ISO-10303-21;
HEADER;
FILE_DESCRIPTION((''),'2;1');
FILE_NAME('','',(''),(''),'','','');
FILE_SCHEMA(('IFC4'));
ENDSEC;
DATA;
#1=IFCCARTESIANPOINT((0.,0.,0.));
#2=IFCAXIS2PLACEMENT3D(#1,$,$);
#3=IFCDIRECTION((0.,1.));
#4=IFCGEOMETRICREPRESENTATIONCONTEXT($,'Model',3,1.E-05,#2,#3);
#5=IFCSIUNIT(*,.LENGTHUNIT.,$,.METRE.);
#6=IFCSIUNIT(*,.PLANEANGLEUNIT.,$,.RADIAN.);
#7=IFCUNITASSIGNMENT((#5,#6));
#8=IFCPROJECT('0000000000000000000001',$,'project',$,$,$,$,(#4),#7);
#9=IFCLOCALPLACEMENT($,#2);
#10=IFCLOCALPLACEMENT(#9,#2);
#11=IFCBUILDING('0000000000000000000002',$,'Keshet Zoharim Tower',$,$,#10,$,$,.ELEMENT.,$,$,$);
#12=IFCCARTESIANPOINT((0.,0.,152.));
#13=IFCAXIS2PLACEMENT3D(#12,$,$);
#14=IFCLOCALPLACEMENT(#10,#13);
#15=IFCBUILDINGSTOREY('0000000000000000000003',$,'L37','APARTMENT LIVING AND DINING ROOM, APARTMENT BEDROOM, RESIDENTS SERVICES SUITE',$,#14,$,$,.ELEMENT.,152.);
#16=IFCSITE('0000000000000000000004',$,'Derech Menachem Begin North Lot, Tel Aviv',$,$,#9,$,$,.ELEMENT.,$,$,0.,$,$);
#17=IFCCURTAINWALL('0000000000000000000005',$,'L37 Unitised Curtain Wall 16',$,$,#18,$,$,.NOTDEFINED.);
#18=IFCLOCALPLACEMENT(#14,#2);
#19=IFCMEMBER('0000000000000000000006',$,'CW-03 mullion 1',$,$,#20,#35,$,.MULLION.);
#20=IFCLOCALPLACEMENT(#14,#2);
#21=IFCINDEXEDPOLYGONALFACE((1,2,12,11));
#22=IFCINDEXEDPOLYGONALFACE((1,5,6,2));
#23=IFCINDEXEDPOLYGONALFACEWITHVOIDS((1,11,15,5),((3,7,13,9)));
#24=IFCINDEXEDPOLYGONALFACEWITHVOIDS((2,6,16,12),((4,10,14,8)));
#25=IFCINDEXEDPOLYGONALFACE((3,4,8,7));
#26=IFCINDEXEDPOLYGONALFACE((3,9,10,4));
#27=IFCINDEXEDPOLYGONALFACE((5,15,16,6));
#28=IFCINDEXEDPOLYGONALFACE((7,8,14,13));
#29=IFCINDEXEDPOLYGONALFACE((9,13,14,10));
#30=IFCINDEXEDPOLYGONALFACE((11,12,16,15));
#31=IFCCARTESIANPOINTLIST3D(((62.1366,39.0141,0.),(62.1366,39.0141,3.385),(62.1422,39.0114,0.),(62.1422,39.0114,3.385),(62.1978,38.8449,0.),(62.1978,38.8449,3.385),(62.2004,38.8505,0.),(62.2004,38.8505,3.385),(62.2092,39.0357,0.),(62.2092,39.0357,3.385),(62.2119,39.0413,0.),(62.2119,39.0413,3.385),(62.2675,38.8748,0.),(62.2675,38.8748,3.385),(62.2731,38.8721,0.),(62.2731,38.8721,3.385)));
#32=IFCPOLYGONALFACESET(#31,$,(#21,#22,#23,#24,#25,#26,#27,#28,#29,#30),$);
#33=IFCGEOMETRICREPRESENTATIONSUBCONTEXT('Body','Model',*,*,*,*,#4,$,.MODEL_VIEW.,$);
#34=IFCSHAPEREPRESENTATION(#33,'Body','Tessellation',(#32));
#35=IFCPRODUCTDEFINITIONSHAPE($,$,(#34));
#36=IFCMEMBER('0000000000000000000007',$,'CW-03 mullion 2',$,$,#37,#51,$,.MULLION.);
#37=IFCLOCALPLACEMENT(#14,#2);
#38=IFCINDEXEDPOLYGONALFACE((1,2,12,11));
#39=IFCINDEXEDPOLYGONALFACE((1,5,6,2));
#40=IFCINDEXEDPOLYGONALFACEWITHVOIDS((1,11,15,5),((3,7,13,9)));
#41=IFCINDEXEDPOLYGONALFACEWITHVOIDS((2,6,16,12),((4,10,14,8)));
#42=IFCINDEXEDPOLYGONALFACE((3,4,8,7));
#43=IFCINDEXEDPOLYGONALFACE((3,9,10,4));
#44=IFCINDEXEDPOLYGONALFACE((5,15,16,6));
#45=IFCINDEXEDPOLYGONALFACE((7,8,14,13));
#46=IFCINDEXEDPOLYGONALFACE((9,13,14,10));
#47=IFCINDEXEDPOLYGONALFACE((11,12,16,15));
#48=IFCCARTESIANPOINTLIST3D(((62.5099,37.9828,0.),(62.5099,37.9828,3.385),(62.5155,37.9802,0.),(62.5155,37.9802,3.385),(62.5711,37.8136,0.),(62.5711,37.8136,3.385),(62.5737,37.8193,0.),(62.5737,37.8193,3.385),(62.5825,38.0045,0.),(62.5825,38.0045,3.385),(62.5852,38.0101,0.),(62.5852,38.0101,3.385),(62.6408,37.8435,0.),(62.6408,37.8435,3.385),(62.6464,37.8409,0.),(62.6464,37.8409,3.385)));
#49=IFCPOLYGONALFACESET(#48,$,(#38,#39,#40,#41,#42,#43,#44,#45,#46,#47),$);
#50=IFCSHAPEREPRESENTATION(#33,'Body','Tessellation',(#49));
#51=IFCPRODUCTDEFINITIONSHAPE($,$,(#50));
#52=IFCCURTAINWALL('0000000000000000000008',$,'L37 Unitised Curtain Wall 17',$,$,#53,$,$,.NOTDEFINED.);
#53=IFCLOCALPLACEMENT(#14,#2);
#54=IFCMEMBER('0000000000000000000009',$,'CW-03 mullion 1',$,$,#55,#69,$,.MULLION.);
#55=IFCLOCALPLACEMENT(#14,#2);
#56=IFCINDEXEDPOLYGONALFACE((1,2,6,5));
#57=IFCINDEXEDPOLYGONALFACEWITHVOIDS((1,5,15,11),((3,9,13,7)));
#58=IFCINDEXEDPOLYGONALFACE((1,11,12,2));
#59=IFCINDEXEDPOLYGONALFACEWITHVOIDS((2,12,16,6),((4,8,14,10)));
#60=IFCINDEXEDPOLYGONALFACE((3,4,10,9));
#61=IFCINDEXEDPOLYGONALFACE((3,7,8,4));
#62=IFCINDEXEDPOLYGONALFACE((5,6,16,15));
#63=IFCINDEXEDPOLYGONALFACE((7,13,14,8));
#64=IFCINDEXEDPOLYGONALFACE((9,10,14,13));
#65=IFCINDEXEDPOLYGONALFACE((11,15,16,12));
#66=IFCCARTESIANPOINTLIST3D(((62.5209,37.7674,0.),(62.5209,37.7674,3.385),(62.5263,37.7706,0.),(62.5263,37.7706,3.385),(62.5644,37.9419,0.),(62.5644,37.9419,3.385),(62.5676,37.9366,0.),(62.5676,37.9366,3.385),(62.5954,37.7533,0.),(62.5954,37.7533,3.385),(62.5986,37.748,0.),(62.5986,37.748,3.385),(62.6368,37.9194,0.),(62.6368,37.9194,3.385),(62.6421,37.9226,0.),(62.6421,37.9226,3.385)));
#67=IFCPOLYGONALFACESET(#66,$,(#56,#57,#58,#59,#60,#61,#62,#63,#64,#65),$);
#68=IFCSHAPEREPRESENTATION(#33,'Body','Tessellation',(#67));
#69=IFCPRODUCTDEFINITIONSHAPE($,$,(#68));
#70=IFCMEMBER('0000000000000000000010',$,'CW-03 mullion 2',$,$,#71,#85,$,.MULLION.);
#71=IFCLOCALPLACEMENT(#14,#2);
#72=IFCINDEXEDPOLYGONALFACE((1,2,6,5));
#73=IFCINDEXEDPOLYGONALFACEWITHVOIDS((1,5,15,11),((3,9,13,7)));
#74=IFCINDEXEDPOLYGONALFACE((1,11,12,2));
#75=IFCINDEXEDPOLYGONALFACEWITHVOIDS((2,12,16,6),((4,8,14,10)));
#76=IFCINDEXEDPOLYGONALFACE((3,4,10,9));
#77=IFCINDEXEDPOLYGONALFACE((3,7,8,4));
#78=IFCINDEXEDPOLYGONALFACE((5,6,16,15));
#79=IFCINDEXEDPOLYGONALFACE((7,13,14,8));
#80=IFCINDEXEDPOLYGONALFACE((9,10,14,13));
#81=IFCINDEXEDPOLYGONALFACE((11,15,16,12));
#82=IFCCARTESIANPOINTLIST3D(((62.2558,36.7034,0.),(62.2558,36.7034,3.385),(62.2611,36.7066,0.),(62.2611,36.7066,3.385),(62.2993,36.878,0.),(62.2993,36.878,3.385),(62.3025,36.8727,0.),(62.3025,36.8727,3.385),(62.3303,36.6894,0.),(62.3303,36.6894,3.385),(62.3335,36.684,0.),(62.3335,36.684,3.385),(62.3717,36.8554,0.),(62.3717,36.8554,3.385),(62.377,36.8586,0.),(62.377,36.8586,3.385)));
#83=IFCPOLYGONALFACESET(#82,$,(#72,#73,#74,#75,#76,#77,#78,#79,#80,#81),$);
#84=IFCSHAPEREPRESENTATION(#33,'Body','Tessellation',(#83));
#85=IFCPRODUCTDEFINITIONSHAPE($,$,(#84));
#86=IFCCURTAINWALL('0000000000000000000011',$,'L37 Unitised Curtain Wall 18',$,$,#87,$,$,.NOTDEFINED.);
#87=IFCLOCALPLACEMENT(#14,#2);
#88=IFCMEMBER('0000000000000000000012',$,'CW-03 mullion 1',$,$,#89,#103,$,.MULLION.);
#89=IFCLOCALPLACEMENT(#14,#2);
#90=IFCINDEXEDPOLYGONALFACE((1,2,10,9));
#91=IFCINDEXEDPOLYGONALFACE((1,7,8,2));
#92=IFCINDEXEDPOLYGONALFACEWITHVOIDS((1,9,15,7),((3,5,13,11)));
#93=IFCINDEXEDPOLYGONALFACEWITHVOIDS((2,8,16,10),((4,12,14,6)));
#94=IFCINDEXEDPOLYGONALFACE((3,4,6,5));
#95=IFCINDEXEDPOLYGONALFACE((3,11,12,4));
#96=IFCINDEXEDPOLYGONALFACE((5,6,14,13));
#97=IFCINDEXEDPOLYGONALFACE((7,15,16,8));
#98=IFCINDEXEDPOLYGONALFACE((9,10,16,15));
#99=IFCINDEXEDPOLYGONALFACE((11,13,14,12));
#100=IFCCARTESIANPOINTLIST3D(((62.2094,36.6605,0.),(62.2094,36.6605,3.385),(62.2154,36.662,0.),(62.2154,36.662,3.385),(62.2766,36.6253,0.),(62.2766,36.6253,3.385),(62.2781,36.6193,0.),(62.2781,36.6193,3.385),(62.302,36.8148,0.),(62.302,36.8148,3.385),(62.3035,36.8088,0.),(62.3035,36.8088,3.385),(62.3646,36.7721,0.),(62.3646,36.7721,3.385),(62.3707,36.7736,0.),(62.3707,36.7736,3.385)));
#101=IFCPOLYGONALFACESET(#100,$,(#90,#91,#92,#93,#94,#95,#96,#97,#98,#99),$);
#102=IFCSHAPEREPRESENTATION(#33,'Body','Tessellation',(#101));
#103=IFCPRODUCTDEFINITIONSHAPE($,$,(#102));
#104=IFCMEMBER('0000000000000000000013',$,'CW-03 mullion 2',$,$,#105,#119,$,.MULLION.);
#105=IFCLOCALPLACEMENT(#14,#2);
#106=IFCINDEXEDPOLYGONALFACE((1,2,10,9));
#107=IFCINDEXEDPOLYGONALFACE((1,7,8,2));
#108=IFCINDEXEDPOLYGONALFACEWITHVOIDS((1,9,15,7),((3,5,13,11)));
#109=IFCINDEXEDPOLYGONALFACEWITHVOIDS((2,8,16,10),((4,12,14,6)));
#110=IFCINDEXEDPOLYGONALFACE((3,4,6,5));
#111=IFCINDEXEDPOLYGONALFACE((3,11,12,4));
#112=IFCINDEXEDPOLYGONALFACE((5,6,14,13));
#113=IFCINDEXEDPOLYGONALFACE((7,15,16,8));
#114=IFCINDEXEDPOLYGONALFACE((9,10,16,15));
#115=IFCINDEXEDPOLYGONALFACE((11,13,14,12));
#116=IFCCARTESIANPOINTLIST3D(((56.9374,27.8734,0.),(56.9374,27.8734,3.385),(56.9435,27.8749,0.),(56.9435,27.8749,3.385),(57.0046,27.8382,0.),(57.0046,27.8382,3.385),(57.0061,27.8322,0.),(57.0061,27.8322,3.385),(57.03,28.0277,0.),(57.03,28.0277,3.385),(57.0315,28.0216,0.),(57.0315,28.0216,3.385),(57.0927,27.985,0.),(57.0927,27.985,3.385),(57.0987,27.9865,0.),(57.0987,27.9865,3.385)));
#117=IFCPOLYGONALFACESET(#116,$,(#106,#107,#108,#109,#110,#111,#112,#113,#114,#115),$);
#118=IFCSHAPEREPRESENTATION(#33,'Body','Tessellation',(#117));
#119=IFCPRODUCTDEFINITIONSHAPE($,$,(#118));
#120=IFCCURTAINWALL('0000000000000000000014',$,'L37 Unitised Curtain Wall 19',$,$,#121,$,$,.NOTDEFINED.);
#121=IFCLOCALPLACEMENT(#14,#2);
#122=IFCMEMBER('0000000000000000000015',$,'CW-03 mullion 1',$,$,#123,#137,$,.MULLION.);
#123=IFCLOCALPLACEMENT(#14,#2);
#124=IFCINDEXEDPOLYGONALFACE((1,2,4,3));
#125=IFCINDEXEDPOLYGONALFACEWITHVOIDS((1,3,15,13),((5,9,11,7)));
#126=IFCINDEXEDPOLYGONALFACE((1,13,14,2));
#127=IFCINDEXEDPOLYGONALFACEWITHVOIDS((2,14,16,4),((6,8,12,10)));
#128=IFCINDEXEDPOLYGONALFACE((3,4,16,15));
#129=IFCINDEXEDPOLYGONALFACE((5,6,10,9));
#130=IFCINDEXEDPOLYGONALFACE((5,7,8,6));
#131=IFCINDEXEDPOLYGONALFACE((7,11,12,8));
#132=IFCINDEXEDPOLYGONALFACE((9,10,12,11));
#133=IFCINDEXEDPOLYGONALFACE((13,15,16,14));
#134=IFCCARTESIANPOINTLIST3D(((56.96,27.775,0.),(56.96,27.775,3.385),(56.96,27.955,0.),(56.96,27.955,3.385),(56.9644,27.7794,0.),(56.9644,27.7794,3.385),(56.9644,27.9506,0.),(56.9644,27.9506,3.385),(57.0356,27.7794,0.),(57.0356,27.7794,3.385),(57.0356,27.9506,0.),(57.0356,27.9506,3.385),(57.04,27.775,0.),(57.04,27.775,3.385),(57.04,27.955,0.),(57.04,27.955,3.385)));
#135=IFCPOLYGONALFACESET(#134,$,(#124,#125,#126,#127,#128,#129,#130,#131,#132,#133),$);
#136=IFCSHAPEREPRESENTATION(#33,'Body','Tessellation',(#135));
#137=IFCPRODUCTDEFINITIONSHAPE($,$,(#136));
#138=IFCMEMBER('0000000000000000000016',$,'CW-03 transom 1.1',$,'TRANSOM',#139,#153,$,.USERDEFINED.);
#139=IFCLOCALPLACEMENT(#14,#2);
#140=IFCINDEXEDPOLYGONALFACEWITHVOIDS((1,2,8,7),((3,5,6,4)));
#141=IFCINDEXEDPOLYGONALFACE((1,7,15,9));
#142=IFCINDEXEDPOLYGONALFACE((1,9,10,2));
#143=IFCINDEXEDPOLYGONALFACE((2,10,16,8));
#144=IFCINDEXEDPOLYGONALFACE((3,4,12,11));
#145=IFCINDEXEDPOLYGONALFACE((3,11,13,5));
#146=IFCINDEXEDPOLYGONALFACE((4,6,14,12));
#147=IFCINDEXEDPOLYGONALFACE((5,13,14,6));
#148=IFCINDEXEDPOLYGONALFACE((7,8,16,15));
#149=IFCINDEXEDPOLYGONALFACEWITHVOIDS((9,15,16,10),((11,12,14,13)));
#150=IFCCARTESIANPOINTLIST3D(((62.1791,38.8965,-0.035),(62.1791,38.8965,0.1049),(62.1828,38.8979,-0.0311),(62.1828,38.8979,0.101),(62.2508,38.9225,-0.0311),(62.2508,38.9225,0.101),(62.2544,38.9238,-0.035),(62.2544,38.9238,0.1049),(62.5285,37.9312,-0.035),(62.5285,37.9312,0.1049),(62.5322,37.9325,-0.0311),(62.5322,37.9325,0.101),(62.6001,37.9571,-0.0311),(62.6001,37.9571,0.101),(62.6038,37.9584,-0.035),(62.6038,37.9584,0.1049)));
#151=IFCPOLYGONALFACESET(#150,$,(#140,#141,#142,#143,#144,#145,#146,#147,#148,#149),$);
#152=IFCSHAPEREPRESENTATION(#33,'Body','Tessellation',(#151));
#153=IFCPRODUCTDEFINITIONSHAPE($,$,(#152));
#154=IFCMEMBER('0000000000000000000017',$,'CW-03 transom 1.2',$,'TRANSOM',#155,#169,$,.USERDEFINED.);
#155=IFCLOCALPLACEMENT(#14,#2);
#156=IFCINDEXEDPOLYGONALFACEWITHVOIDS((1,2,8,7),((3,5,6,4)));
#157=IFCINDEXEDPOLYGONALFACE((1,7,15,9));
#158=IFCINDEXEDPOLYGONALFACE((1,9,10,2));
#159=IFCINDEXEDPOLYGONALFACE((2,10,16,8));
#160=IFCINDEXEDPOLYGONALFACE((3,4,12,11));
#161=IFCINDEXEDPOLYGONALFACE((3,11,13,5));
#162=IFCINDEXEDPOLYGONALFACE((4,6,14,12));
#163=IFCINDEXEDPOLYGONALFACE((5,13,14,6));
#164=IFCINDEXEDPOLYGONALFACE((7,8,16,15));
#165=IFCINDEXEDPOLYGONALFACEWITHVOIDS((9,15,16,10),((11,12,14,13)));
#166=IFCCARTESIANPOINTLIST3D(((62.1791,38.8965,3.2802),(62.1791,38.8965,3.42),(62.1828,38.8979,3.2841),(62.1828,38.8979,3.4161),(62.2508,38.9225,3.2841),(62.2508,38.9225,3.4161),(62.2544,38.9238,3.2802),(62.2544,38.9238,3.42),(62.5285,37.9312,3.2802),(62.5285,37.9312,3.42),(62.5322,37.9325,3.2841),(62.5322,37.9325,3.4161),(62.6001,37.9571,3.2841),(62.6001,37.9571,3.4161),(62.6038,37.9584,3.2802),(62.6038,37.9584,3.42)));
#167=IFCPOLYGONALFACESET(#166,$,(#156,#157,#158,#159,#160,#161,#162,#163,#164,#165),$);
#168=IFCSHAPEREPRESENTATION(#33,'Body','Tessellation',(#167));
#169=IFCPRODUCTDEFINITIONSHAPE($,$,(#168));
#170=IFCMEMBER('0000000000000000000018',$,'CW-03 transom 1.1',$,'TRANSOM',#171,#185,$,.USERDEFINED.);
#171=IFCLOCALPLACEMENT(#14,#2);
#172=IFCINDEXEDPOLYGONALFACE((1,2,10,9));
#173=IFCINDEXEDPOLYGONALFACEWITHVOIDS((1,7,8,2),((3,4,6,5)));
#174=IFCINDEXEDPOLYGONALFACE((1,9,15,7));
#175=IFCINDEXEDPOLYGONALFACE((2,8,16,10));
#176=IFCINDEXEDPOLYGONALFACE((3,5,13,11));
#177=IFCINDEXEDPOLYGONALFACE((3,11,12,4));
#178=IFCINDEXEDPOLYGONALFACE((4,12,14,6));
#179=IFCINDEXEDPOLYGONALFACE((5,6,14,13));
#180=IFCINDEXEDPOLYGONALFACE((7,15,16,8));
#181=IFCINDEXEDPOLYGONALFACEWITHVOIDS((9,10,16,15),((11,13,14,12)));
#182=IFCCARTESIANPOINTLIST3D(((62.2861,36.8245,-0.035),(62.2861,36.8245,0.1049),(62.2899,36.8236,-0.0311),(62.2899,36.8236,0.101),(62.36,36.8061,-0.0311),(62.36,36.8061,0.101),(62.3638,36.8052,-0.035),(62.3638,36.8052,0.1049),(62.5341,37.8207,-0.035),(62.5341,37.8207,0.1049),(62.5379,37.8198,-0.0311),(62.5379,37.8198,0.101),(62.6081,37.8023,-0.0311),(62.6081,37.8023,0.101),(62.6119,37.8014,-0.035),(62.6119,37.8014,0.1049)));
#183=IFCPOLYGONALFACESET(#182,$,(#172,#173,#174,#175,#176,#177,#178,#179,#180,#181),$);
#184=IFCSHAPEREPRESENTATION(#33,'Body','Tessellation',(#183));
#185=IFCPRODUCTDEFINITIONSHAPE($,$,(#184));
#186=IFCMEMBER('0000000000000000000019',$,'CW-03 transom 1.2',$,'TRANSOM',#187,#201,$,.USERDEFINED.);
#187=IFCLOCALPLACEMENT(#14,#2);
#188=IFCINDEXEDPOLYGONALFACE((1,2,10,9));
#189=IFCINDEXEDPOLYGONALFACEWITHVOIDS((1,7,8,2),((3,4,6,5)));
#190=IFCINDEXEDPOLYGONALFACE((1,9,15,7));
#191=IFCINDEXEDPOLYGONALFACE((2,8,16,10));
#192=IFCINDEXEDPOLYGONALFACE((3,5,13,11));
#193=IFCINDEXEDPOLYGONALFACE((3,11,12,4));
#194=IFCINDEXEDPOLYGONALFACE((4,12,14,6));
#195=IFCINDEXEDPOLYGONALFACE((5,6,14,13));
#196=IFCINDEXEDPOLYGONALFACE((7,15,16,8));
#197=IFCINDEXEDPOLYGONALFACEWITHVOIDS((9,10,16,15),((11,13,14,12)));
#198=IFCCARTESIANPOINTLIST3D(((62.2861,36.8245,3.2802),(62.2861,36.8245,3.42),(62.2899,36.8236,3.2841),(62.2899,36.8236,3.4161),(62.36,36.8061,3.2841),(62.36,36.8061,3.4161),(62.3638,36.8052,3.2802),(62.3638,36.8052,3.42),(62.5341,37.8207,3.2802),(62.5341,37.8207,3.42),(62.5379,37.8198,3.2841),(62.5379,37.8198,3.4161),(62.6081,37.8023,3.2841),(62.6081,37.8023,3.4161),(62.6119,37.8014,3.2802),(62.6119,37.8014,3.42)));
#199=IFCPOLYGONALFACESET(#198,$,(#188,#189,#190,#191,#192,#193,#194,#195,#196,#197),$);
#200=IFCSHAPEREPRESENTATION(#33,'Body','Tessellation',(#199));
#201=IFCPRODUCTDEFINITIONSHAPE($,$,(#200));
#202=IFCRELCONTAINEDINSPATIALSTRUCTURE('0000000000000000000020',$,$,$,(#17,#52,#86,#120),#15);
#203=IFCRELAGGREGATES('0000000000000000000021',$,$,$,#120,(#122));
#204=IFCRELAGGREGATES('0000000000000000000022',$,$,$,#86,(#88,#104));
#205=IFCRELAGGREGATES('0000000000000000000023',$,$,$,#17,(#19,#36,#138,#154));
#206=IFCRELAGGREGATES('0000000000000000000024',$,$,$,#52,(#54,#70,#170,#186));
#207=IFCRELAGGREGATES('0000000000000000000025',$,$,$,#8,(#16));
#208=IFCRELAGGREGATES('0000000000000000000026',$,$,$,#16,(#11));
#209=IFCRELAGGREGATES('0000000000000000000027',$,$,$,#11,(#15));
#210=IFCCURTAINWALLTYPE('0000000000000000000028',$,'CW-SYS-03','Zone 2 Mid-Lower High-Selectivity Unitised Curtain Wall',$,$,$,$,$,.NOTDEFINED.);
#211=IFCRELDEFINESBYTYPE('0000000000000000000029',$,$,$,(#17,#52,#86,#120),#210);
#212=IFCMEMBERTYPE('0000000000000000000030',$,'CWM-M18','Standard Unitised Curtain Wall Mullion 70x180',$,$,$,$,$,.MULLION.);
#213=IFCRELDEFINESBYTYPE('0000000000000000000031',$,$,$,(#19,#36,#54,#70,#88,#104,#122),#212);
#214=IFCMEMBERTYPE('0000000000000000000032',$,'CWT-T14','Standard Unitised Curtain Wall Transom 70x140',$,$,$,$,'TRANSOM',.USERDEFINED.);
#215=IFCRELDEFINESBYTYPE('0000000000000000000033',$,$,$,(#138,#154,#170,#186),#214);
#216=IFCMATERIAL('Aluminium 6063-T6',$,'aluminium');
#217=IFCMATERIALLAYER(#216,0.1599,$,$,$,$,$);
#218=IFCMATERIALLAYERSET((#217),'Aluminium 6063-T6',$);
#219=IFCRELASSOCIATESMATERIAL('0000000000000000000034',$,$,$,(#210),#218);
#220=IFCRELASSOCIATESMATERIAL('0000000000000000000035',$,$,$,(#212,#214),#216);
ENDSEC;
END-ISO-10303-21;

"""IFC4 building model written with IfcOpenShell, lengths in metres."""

from ifc_helpers import new_model, si_unit, direction, frame, origin, origin_2d, place, context, subcontext, project, spatial, hollow_rectangle, extrude, material, layer, layer_set, material_profile, profile_set, type_object, element, aggregate, save


model = new_model("IFC4")

# Units and contexts
model_context = context("Model", 3, precision=1e-05, world=origin(), true_north=direction((0.0, 1.0)))
body_context = subcontext(model_context, "Body", "Model", "MODEL_VIEW")
ifc_project = project(units=[si_unit("LENGTHUNIT", "METRE"), si_unit("PLANEANGLEUNIT", "RADIAN")], contexts=[model_context])

# Site, building, storey
site_placement = place(None, origin())
site = spatial("IfcSite", under=ifc_project, at=site_placement, Name="Derech Menachem Begin North Lot, Tel Aviv", CompositionType="ELEMENT", RefElevation=0.0)
building_placement = place(site_placement, origin())
building = spatial("IfcBuilding", under=site, at=building_placement, Name="Keshet Zoharim Tower", CompositionType="ELEMENT")
storey_placement = place(building_placement, frame((0.0, 0.0, 152.0)))
storey = spatial("IfcBuildingStorey", under=building, at=storey_placement, Name="L37", Description="APARTMENT LIVING AND DINING ROOM, APARTMENT BEDROOM, RESIDENTS SERVICES SUITE", CompositionType="ELEMENT", Elevation=152.0)

# Shared definitions
ifc_material_1 = material(Name="Aluminium 6063-T6", Category="aluminium")
ifc_layer_1 = layer(ifc_material_1, 0.1599)
ifc_layer_set_1 = layer_set([ifc_layer_1], Name="Aluminium 6063-T6")
curtain_wall_type = type_object("IfcCurtainWallType", Name="CW-SYS-03", Description="Zone 2 Mid-Lower High-Selectivity Unitised Curtain Wall", PredefinedType="NOTDEFINED", material=ifc_layer_set_1)
ifc_material_profile_1 = material_profile(ifc_material_1, hollow_rectangle(XDim=0.0801, YDim=0.1799, WallThickness=0.0044, at=origin_2d()), Name="MUL-80x180")
ifc_profile_set_1 = profile_set([ifc_material_profile_1], Name="Aluminium 6063-T6")
member_type_1 = type_object("IfcMemberType", Name="CWM-M18", Description="Standard Unitised Curtain Wall Mullion 70x180", PredefinedType="MULLION", material=ifc_profile_set_1)

# Curtain walls, members
curtain_wall_1_placement = place(storey_placement, origin())
curtain_wall_1 = element("IfcCurtainWall", 1, at=curtain_wall_1_placement, inside=storey, type_object=curtain_wall_type, Name="L37 Unitised Curtain Wall 16", PredefinedType="NOTDEFINED")
member_1_placement = place(storey_placement, frame((62.2048, 38.9431, 0.0), z_axis=(0.0, 0.0, 1.0), x_axis=(0.940318, 0.340297, 0.0)))
member_1 = element("IfcMember", 2, at=member_1_placement, type_object=member_type_1, Name="CW-03 mullion 1", PredefinedType="MULLION", context=body_context, shape_type="SweptSolid", body=[
    extrude(hollow_rectangle(XDim=0.0801, YDim=0.1799, WallThickness=0.0044, at=origin_2d()), origin(), (0.0, 0.0, 1.0), 3.385),
])
member_2_placement = place(storey_placement, frame((62.5781, 37.9119, 0.0), z_axis=(0.0, 0.0, 1.0), x_axis=(0.940318, 0.340297, 0.0)))
member_2 = element("IfcMember", 3, at=member_2_placement, type_object=member_type_1, Name="CW-03 mullion 2", PredefinedType="MULLION", context=body_context, shape_type="SweptSolid", body=[
    extrude(hollow_rectangle(XDim=0.0801, YDim=0.1799, WallThickness=0.0044, at=origin_2d()), origin(), (0.0, 0.0, 1.0), 3.385),
])
curtain_wall_2_placement = place(storey_placement, origin())
curtain_wall_2 = element("IfcCurtainWall", 4, at=curtain_wall_2_placement, inside=storey, type_object=curtain_wall_type, Name="L37 Unitised Curtain Wall 17", PredefinedType="NOTDEFINED")
member_3_placement = place(storey_placement, frame((62.5815, 37.845, 0.0), z_axis=(0.0, 0.0, 1.0), x_axis=(0.970344, -0.241729, 0.0)))
member_3 = element("IfcMember", 5, at=member_3_placement, type_object=member_type_1, Name="CW-03 mullion 1", PredefinedType="MULLION", context=body_context, shape_type="SweptSolid", body=[
    extrude(hollow_rectangle(XDim=0.0801, YDim=0.1799, WallThickness=0.0044, at=origin_2d()), origin(), (0.0, 0.0, 1.0), 3.385),
])
member_4_placement = place(storey_placement, frame((62.3164, 36.781, 0.0), z_axis=(0.0, 0.0, 1.0), x_axis=(0.970344, -0.241729, 0.0)))
member_4 = element("IfcMember", 6, at=member_4_placement, type_object=member_type_1, Name="CW-03 mullion 2", PredefinedType="MULLION", context=body_context, shape_type="SweptSolid", body=[
    extrude(hollow_rectangle(XDim=0.0801, YDim=0.1799, WallThickness=0.0044, at=origin_2d()), origin(), (0.0, 0.0, 1.0), 3.385),
])
curtain_wall_3_placement = place(storey_placement, origin())
curtain_wall_3 = element("IfcCurtainWall", 7, at=curtain_wall_3_placement, inside=storey, type_object=curtain_wall_type, Name="L37 Unitised Curtain Wall 18", PredefinedType="NOTDEFINED")
member_5_placement = place(storey_placement, frame((62.29, 36.717, 0.0), z_axis=(0.0, 0.0, 1.0), x_axis=(0.857501, -0.514482, 0.0)))
member_5 = element("IfcMember", 8, at=member_5_placement, type_object=member_type_1, Name="CW-03 mullion 1", PredefinedType="MULLION", context=body_context, shape_type="SweptSolid", body=[
    extrude(hollow_rectangle(XDim=0.0801, YDim=0.1799, WallThickness=0.0044, at=origin_2d()), origin(), (0.0, 0.0, 1.0), 3.385),
])
member_6_placement = place(storey_placement, frame((57.0181, 27.9299, 0.0), z_axis=(0.0, 0.0, 1.0), x_axis=(0.857501, -0.514482, 0.0)))
member_6 = element("IfcMember", 9, at=member_6_placement, type_object=member_type_1, Name="CW-03 mullion 2", PredefinedType="MULLION", context=body_context, shape_type="SweptSolid", body=[
    extrude(hollow_rectangle(XDim=0.0801, YDim=0.1799, WallThickness=0.0044, at=origin_2d()), origin(), (0.0, 0.0, 1.0), 3.385),
])

# Curtain wall, member
curtain_wall_4_placement = place(storey_placement, origin())
curtain_wall_4 = element("IfcCurtainWall", 10, at=curtain_wall_4_placement, inside=storey, type_object=curtain_wall_type, Name="L37 Unitised Curtain Wall 19", PredefinedType="NOTDEFINED")
member_7_placement = place(storey_placement, frame((57.0, 27.865, 0.0), z_axis=(0.0, 0.0, 1.0), x_axis=(1.0, 0.0, 0.0)))
member_7 = element("IfcMember", 11, at=member_7_placement, type_object=member_type_1, Name="CW-03 mullion 1", PredefinedType="MULLION", context=body_context, shape_type="SweptSolid", body=[
    extrude(hollow_rectangle(XDim=0.0801, YDim=0.1799, WallThickness=0.0044, at=origin_2d()), origin(), (0.0, 0.0, 1.0), 3.385),
])

# Members
ifc_material_profile_2 = material_profile(ifc_material_1, hollow_rectangle(XDim=0.0801, YDim=0.1399, WallThickness=0.0039, at=origin_2d()), Name="TRN-80x140")
ifc_profile_set_2 = profile_set([ifc_material_profile_2], Name="Aluminium 6063-T6")
member_type_2 = type_object("IfcMemberType", Name="CWT-T14", Description="Standard Unitised Curtain Wall Transom 70x140", ElementType="TRANSOM", PredefinedType="USERDEFINED", material=ifc_profile_set_2)
member_8_placement = place(storey_placement, frame((62.2168, 38.9102, 0.0349), z_axis=(0.340311, -0.940313, 0.0), x_axis=(0.940313, 0.340311, 0.0)))
member_8 = element("IfcMember", 12, at=member_8_placement, type_object=member_type_2, Name="CW-03 transom 1.1", ObjectType="TRANSOM", PredefinedType="USERDEFINED", context=body_context, shape_type="SweptSolid", body=[
    extrude(hollow_rectangle(XDim=0.0801, YDim=0.1399, WallThickness=0.0039, at=origin_2d()), origin(), (0.0, 0.0, 1.0), 1.0266),
])
member_9_placement = place(storey_placement, frame((62.2168, 38.9102, 3.3501), z_axis=(0.340311, -0.940313, 0.0), x_axis=(0.940313, 0.340311, 0.0)))
member_9 = element("IfcMember", 13, at=member_9_placement, type_object=member_type_2, Name="CW-03 transom 1.2", ObjectType="TRANSOM", PredefinedType="USERDEFINED", context=body_context, shape_type="SweptSolid", body=[
    extrude(hollow_rectangle(XDim=0.0801, YDim=0.1399, WallThickness=0.0039, at=origin_2d()), origin(), (0.0, 0.0, 1.0), 1.0266),
])
member_10_placement = place(storey_placement, frame((62.573, 37.811, 0.0349), z_axis=(-0.24164, -0.970366, 0.0), x_axis=(0.970366, -0.24164, 0.0)))
member_10 = element("IfcMember", 14, at=member_10_placement, type_object=member_type_2, Name="CW-03 transom 1.1", ObjectType="TRANSOM", PredefinedType="USERDEFINED", context=body_context, shape_type="SweptSolid", body=[
    extrude(hollow_rectangle(XDim=0.0801, YDim=0.1399, WallThickness=0.0039, at=origin_2d()), origin(), (0.0, 0.0, 1.0), 1.0266),
])
member_11_placement = place(storey_placement, frame((62.573, 37.811, 3.3501), z_axis=(-0.24164, -0.970366, 0.0), x_axis=(0.970366, -0.24164, 0.0)))
member_11 = element("IfcMember", 15, at=member_11_placement, type_object=member_type_2, Name="CW-03 transom 1.2", ObjectType="TRANSOM", PredefinedType="USERDEFINED", context=body_context, shape_type="SweptSolid", body=[
    extrude(hollow_rectangle(XDim=0.0801, YDim=0.1399, WallThickness=0.0039, at=origin_2d()), origin(), (0.0, 0.0, 1.0), 1.0266),
])
aggregate(curtain_wall_4, [member_7])

aggregate(curtain_wall_3, [member_5, member_6])
aggregate(curtain_wall_1, [member_1, member_2, member_8, member_9])
aggregate(curtain_wall_2, [member_3, member_4, member_10, member_11])

save(model, "model.ifc")
